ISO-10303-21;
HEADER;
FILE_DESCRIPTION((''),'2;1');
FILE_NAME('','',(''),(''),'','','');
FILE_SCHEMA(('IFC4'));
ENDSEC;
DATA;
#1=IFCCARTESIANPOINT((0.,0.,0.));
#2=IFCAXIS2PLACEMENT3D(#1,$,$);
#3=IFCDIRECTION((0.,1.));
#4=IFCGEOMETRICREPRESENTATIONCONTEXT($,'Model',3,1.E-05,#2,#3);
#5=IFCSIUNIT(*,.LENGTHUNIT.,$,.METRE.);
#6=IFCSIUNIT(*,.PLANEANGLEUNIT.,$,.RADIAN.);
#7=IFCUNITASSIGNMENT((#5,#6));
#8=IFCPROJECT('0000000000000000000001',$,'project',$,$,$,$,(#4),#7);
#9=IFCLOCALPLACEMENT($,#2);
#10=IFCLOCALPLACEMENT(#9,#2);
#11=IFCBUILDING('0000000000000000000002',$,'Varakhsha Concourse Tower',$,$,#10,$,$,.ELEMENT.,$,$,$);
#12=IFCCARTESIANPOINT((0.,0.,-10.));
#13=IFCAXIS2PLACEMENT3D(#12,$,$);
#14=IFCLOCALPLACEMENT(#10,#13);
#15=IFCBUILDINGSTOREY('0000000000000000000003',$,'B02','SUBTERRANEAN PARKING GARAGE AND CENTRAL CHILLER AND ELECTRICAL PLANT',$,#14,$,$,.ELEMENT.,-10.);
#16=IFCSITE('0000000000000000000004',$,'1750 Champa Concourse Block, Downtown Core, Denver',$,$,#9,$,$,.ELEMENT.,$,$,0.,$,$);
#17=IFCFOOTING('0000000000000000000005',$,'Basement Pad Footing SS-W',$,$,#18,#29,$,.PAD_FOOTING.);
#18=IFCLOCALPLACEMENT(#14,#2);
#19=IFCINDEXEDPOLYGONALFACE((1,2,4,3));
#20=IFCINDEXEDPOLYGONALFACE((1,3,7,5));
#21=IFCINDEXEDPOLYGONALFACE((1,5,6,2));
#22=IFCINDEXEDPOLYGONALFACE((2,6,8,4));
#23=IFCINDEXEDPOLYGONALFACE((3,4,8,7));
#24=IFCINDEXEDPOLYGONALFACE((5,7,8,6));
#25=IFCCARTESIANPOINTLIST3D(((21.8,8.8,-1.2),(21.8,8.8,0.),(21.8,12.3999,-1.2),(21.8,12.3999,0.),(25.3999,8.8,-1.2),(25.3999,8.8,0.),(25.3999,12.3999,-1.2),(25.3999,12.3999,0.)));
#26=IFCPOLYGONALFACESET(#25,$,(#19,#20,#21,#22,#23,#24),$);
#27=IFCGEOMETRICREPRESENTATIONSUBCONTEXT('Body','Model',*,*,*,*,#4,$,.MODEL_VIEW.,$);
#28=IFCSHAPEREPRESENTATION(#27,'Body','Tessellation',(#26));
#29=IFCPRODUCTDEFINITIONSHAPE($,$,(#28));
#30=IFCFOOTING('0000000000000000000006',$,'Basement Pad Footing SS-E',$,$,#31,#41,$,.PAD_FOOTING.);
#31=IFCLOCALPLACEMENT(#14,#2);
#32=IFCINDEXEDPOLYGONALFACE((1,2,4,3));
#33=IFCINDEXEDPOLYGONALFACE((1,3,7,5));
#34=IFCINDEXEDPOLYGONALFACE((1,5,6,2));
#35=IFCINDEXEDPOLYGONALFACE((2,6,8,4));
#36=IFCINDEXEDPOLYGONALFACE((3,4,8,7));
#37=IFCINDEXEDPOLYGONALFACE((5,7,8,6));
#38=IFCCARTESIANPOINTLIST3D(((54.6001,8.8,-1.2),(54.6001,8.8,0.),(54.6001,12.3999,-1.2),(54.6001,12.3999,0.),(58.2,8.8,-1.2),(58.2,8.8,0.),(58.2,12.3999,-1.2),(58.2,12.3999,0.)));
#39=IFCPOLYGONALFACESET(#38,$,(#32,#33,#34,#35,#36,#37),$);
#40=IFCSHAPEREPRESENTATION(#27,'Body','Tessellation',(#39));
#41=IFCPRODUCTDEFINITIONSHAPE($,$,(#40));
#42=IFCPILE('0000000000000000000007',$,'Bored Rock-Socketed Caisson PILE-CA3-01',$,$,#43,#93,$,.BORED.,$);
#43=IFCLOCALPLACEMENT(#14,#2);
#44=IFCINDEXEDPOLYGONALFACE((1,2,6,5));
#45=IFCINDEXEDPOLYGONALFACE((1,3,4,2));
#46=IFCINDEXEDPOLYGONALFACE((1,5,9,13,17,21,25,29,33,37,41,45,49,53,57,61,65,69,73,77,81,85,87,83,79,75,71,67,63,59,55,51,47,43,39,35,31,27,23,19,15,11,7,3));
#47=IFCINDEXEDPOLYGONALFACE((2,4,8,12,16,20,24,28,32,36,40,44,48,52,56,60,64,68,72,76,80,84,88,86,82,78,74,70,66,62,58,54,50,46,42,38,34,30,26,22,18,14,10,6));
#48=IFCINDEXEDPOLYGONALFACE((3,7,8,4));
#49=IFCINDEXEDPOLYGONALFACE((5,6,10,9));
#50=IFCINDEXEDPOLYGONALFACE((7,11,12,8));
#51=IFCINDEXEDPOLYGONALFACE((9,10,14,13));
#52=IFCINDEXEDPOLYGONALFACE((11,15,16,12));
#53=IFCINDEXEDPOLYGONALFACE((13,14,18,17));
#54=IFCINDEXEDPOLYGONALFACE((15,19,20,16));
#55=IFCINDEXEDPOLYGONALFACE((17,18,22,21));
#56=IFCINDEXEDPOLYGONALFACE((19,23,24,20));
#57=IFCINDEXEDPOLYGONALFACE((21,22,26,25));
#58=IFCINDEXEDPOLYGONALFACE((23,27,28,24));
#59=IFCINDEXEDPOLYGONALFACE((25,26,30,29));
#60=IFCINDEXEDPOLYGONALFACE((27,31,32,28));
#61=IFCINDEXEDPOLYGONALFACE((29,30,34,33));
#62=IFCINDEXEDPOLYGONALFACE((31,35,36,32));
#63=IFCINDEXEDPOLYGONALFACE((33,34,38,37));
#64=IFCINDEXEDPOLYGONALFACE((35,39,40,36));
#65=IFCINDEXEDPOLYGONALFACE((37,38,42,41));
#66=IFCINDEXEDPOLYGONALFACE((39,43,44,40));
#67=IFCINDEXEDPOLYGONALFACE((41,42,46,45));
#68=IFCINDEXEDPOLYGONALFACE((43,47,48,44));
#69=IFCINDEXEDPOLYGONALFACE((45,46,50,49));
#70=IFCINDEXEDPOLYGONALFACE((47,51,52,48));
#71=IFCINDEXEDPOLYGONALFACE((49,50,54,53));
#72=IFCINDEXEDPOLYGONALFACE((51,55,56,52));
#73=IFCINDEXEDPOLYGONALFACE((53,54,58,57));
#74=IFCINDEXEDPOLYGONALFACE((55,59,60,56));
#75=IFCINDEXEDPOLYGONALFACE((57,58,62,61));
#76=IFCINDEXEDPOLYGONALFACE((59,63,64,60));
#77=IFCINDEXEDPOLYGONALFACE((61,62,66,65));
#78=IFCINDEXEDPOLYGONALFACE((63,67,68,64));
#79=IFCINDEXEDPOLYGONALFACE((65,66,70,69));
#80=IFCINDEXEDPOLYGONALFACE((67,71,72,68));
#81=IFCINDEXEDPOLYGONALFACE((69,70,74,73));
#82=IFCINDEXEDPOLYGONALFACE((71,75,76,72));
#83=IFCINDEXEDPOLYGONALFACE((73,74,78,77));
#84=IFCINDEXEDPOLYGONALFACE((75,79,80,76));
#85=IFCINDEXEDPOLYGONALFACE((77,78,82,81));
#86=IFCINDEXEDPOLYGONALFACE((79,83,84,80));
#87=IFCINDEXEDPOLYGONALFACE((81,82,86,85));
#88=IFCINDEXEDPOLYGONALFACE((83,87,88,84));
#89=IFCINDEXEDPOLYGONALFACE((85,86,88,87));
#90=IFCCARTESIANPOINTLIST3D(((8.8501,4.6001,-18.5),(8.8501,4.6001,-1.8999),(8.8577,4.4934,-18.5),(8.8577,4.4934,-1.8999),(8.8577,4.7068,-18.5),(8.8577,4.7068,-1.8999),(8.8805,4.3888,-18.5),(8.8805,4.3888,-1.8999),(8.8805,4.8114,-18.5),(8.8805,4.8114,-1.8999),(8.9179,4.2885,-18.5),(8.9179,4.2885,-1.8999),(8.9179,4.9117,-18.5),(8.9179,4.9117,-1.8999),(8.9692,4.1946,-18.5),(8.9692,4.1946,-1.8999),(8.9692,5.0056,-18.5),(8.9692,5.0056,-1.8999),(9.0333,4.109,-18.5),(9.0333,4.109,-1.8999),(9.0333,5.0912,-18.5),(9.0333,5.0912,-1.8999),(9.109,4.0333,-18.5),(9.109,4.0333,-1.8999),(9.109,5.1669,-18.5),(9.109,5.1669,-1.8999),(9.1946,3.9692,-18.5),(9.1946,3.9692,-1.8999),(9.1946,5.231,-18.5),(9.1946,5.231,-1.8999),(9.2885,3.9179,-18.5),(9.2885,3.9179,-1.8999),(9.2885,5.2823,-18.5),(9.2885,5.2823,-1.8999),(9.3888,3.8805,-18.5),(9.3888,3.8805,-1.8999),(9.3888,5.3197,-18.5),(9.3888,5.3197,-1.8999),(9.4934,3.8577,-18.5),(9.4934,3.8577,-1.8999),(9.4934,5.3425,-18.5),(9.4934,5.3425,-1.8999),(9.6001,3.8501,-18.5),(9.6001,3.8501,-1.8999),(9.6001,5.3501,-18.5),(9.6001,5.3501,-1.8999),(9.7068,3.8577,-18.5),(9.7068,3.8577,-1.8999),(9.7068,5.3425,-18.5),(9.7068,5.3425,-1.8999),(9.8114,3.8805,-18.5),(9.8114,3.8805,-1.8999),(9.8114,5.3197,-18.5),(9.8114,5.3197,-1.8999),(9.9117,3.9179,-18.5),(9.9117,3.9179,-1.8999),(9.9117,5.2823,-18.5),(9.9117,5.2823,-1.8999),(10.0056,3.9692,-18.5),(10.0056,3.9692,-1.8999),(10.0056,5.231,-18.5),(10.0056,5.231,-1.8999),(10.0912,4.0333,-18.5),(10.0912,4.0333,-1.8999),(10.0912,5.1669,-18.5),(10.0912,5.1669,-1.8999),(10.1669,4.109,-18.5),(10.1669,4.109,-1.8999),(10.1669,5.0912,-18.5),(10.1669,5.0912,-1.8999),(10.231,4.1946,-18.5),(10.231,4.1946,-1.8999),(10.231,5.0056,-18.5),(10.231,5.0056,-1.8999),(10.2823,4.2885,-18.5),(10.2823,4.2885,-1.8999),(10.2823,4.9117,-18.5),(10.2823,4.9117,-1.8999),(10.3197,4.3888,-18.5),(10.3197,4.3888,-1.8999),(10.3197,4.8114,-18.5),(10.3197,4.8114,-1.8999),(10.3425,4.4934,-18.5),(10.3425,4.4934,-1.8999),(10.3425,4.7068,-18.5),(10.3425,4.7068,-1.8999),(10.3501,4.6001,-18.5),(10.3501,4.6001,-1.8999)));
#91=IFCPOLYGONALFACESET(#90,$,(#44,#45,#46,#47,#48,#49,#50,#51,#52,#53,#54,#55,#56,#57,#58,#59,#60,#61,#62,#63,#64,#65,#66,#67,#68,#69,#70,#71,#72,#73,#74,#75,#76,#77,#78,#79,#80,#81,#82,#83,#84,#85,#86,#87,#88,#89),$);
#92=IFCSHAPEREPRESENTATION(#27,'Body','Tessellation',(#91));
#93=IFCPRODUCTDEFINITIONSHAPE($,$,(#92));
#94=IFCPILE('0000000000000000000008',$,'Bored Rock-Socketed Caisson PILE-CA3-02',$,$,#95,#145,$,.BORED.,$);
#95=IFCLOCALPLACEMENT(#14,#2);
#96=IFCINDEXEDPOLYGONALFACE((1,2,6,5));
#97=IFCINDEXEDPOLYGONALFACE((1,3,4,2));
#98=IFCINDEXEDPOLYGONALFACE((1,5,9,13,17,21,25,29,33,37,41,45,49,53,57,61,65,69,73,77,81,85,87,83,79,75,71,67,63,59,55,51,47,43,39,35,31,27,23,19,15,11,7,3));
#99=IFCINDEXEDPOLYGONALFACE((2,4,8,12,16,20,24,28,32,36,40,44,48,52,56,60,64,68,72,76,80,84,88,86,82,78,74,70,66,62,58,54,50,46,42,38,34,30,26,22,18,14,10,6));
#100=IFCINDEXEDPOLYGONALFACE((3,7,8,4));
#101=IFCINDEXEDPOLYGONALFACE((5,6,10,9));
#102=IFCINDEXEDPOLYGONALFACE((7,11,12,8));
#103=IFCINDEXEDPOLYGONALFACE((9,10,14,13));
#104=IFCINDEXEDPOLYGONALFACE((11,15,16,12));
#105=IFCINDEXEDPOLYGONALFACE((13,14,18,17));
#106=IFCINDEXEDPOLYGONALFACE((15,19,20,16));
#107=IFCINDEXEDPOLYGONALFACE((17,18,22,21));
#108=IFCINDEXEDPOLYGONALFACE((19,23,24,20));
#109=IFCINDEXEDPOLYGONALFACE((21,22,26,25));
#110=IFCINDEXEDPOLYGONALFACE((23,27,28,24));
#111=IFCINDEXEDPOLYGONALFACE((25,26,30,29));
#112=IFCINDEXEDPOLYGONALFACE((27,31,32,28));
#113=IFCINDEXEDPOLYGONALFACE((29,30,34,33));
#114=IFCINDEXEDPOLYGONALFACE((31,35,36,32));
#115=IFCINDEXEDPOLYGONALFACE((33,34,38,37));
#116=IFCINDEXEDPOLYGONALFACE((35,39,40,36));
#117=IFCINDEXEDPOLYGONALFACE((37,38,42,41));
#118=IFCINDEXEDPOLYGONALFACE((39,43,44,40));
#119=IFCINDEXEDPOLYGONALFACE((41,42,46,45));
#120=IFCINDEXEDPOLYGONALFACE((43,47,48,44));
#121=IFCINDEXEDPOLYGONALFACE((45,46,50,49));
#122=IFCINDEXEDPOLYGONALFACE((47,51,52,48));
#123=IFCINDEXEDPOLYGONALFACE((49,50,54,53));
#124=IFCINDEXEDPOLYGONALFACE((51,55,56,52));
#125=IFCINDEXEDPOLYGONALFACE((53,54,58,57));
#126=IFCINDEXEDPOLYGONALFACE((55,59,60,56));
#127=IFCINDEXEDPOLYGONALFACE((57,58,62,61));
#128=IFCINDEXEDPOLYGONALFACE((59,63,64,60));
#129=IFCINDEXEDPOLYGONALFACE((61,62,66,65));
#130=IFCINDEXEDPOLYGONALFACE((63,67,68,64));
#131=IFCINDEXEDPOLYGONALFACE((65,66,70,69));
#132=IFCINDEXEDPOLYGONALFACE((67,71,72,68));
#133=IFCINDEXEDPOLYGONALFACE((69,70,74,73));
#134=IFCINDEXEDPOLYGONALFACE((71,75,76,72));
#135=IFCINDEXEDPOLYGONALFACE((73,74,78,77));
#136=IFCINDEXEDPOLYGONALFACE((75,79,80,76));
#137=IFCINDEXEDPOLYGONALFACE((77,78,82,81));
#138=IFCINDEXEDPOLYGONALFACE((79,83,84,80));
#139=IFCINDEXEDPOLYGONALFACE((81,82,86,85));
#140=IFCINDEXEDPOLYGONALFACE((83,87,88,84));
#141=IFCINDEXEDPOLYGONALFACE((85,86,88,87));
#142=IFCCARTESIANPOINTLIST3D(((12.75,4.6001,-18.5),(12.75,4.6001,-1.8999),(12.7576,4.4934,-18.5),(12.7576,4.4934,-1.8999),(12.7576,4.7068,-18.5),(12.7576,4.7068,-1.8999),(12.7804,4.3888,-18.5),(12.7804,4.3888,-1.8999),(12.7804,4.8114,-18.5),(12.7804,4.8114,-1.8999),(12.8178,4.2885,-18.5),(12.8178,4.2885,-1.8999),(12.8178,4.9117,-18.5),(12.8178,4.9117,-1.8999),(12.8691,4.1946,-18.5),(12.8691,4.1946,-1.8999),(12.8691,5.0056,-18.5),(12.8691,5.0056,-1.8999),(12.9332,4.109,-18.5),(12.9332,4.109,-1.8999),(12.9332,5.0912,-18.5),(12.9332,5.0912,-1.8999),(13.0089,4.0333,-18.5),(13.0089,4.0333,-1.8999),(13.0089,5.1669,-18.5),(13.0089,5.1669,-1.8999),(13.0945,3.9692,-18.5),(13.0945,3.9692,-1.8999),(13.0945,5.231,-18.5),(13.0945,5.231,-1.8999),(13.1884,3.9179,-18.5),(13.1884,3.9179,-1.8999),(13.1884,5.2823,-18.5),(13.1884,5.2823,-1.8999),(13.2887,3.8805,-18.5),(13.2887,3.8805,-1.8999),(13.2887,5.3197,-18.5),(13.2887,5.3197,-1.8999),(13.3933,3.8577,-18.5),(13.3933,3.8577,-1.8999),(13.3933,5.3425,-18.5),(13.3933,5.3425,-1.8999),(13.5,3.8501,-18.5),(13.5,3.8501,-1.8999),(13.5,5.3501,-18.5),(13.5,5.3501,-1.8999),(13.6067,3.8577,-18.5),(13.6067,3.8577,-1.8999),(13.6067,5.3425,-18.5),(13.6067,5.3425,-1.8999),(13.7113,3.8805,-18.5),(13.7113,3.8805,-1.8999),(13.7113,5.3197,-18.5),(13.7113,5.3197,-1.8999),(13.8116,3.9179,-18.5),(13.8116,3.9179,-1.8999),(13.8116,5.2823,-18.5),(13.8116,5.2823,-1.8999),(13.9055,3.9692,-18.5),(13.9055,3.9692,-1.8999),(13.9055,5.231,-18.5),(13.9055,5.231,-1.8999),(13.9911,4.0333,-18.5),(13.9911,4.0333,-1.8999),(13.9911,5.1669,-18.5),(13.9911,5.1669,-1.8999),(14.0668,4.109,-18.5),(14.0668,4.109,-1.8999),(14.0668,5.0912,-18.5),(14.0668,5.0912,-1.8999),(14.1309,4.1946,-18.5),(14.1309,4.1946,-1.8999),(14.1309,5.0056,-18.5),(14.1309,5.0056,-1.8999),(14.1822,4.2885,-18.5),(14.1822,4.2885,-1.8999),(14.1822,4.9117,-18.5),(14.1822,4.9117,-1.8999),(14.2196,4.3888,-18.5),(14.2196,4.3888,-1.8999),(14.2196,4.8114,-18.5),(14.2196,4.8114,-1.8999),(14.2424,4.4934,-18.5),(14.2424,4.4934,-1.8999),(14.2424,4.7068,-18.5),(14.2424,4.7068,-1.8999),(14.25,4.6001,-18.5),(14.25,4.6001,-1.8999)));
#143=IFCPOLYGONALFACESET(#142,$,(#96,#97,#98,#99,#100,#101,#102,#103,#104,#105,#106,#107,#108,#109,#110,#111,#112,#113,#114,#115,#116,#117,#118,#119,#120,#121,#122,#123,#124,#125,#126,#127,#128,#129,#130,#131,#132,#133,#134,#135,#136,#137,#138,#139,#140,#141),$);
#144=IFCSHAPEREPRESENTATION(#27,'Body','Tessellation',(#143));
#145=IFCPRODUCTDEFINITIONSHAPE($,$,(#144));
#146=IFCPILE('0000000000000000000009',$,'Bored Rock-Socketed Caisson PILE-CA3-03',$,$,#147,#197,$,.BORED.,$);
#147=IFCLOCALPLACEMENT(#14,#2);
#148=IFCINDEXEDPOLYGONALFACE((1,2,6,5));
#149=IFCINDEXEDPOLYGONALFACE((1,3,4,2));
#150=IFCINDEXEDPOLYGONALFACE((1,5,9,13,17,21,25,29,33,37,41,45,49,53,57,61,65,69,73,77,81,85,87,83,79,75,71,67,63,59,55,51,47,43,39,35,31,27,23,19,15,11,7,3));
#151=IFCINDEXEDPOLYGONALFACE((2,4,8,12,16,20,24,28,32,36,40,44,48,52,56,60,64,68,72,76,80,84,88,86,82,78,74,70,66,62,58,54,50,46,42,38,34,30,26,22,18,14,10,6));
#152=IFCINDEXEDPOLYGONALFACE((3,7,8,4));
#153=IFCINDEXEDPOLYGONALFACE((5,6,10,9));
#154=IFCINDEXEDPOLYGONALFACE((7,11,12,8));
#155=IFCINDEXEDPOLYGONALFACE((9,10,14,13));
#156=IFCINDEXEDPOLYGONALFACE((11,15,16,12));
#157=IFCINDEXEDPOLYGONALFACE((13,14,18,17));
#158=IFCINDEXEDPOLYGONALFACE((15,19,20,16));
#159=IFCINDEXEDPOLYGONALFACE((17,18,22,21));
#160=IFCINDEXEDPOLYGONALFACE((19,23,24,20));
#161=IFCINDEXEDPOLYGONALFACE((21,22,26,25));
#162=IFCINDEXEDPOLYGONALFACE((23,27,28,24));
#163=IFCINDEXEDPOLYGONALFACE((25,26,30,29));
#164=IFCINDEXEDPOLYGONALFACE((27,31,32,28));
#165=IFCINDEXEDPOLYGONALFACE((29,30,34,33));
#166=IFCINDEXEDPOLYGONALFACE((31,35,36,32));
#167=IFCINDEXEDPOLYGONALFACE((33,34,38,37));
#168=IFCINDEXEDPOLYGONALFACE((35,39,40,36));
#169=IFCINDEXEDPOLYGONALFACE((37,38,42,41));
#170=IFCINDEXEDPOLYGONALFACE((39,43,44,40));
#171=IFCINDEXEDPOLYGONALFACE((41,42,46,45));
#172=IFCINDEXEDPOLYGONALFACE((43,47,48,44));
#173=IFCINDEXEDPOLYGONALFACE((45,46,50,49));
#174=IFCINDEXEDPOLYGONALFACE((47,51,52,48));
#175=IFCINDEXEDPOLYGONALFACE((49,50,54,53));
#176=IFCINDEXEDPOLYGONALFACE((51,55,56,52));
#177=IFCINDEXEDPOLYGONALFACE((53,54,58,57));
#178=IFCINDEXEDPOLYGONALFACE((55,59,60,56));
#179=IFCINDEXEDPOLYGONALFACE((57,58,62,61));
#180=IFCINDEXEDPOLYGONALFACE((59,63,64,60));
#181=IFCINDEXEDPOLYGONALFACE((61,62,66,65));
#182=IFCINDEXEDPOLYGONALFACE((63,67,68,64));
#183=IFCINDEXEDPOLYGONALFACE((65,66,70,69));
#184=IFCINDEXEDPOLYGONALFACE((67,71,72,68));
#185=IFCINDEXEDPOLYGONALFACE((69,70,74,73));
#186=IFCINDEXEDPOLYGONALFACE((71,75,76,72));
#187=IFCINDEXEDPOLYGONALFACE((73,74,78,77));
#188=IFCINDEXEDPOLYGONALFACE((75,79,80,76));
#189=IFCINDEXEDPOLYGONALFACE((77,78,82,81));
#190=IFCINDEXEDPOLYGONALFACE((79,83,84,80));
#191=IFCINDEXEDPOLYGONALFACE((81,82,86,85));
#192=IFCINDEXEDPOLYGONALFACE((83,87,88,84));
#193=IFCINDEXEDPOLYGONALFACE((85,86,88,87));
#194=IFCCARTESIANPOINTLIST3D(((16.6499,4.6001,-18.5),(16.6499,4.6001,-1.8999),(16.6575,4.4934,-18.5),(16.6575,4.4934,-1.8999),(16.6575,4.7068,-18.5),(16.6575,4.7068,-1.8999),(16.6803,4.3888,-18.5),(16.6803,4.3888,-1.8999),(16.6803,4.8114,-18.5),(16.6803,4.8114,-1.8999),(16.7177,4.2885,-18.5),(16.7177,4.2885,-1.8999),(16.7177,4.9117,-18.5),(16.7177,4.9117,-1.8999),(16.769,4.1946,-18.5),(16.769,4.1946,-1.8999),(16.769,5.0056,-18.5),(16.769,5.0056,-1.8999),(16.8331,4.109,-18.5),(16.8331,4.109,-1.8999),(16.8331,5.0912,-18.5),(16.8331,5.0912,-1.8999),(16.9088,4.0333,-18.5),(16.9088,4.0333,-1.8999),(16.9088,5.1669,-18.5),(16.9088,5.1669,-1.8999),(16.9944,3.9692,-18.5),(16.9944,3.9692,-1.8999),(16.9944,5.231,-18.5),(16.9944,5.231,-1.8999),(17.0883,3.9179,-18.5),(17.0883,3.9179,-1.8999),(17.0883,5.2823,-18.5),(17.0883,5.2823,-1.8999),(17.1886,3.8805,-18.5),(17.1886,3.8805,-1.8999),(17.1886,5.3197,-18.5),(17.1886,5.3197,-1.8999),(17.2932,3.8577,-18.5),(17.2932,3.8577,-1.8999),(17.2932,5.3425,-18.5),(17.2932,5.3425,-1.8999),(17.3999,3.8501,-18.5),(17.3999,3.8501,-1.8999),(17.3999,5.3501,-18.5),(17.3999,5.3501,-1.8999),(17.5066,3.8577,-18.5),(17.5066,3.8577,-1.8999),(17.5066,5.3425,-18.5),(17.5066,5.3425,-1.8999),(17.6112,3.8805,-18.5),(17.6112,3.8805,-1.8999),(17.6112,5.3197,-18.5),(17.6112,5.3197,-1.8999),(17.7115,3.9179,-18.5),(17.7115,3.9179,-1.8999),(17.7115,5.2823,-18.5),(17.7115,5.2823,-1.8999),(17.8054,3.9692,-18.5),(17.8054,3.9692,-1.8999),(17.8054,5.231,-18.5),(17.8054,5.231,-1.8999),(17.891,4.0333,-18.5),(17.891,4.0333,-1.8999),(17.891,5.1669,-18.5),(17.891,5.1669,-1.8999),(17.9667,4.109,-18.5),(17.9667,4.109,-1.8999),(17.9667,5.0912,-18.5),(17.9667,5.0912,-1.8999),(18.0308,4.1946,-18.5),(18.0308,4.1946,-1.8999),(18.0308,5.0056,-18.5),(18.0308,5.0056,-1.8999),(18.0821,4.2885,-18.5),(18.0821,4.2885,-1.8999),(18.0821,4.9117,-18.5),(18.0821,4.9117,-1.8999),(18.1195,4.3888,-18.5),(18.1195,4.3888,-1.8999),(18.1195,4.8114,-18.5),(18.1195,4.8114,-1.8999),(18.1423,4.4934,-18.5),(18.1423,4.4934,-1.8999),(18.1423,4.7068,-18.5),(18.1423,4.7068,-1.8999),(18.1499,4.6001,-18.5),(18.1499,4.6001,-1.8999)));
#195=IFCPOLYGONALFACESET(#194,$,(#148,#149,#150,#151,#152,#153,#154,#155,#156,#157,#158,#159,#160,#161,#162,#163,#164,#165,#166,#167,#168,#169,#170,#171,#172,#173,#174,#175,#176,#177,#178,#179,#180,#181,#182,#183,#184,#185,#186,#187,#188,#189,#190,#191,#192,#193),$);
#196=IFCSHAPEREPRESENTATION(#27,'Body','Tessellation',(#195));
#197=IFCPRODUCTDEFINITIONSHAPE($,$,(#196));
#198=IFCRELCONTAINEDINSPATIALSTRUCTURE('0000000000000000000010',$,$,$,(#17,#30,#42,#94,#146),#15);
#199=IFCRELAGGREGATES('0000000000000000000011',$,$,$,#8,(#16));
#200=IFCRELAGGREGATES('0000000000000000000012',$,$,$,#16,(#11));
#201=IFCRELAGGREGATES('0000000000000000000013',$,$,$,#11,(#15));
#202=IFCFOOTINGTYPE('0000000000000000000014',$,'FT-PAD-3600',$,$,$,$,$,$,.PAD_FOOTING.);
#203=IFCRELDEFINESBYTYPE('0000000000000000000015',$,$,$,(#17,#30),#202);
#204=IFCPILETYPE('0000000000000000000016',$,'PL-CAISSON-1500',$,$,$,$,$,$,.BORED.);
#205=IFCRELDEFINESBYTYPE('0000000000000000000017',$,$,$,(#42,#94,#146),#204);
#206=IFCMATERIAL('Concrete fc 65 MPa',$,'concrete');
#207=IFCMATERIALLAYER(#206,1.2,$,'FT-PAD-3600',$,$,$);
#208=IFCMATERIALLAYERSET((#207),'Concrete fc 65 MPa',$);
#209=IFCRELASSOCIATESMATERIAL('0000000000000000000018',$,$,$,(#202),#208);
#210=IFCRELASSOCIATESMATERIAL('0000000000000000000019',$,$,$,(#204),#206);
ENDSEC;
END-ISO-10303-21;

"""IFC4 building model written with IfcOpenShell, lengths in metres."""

from ifc_helpers import new_model, si_unit, direction, frame, origin, origin_2d, place, context, subcontext, project, spatial, polyline, circle, outline, extrude, material, layer, layer_set, material_profile, profile_set, type_object, element, save


model = new_model("IFC4")

# Units and contexts
model_context = context("Model", 3, precision=1e-05, world=origin(), true_north=direction((0.0, 1.0)))
body_context = subcontext(model_context, "Body", "Model", "MODEL_VIEW")
ifc_project = project(units=[si_unit("LENGTHUNIT", "METRE"), si_unit("PLANEANGLEUNIT", "RADIAN")], contexts=[model_context])

# Site, building, storey
site_placement = place(None, origin())
site = spatial("IfcSite", under=ifc_project, at=site_placement, Name="1750 Champa Concourse Block, Downtown Core, Denver", CompositionType="ELEMENT", RefElevation=0.0)
building_placement = place(site_placement, origin())
building = spatial("IfcBuilding", under=site, at=building_placement, Name="Varakhsha Concourse Tower", CompositionType="ELEMENT")
storey_placement = place(building_placement, frame((0.0, 0.0, -10.0)))
storey = spatial("IfcBuildingStorey", under=building, at=storey_placement, Name="B02", Description="SUBTERRANEAN PARKING GARAGE AND CENTRAL CHILLER AND ELECTRICAL PLANT", CompositionType="ELEMENT", Elevation=-10.0)

# Footings
ifc_material_1 = material(Name="Concrete fc 65 MPa", Category="concrete")
ifc_layer_1 = layer(ifc_material_1, 1.2, Name="FT-PAD-3600")
ifc_layer_set_1 = layer_set([ifc_layer_1], Name="Concrete fc 65 MPa")
footing_type = type_object("IfcFootingType", Name="FT-PAD-3600", PredefinedType="PAD_FOOTING", material=ifc_layer_set_1)
footing_1_placement = place(storey_placement, frame((0.0, 0.0, -1.2)))
element("IfcFooting", 1, at=footing_1_placement, inside=storey, type_object=footing_type, Name="Basement Pad Footing SS-W", PredefinedType="PAD_FOOTING", context=body_context, shape_type="SweptSolid", body=[
    extrude(outline(polyline([(21.8, 8.8), (25.3999, 8.8), (25.3999, 12.3999), (21.8, 12.3999), (21.8, 8.8)])), origin(), (0.0, 0.0, 1.0), 1.2),
])
footing_2_placement = place(storey_placement, frame((0.0, 0.0, -1.2)))
element("IfcFooting", 2, at=footing_2_placement, inside=storey, type_object=footing_type, Name="Basement Pad Footing SS-E", PredefinedType="PAD_FOOTING", context=body_context, shape_type="SweptSolid", body=[
    extrude(outline(polyline([(54.6001, 8.8), (58.2, 8.8), (58.2, 12.3999), (54.6001, 12.3999), (54.6001, 8.8)])), origin(), (0.0, 0.0, 1.0), 1.2),
])

# Piles
ifc_material_profile_1 = material_profile(ifc_material_1, circle(Radius=0.75, at=origin_2d()), Name="CAISSON D1500")
ifc_profile_set_1 = profile_set([ifc_material_profile_1], Name="Concrete fc 65 MPa")
pile_type_1 = type_object("IfcPileType", Name="PL-CAISSON-1500", PredefinedType="BORED", material=ifc_profile_set_1)
for number, where, z_axis, x_axis, name in (
    (3, (9.6001, 4.6001, -1.8999), (0.0, 0.0, -1.0), (1.0, 0.0, 0.0), "Bored Rock-Socketed Caisson PILE-CA3-01"),
    (4, (13.5, 4.6001, -1.8999), (0.0, 0.0, -1.0), (1.0, 0.0, 0.0), "Bored Rock-Socketed Caisson PILE-CA3-02"),
    (5, (17.3999, 4.6001, -1.8999), (0.0, 0.0, -1.0), (1.0, 0.0, 0.0), "Bored Rock-Socketed Caisson PILE-CA3-03"),
):
    element("IfcPile", number, at=place(storey_placement, frame(where, z_axis=z_axis, x_axis=x_axis)), inside=storey, type_object=pile_type_1, Name=name, PredefinedType="BORED", context=body_context, shape_type="SweptSolid", body=[
        extrude(circle(Radius=0.75, at=origin_2d()), origin(), (0.0, 0.0, 1.0), 16.6001),
    ])

save(model, "model.ifc")
